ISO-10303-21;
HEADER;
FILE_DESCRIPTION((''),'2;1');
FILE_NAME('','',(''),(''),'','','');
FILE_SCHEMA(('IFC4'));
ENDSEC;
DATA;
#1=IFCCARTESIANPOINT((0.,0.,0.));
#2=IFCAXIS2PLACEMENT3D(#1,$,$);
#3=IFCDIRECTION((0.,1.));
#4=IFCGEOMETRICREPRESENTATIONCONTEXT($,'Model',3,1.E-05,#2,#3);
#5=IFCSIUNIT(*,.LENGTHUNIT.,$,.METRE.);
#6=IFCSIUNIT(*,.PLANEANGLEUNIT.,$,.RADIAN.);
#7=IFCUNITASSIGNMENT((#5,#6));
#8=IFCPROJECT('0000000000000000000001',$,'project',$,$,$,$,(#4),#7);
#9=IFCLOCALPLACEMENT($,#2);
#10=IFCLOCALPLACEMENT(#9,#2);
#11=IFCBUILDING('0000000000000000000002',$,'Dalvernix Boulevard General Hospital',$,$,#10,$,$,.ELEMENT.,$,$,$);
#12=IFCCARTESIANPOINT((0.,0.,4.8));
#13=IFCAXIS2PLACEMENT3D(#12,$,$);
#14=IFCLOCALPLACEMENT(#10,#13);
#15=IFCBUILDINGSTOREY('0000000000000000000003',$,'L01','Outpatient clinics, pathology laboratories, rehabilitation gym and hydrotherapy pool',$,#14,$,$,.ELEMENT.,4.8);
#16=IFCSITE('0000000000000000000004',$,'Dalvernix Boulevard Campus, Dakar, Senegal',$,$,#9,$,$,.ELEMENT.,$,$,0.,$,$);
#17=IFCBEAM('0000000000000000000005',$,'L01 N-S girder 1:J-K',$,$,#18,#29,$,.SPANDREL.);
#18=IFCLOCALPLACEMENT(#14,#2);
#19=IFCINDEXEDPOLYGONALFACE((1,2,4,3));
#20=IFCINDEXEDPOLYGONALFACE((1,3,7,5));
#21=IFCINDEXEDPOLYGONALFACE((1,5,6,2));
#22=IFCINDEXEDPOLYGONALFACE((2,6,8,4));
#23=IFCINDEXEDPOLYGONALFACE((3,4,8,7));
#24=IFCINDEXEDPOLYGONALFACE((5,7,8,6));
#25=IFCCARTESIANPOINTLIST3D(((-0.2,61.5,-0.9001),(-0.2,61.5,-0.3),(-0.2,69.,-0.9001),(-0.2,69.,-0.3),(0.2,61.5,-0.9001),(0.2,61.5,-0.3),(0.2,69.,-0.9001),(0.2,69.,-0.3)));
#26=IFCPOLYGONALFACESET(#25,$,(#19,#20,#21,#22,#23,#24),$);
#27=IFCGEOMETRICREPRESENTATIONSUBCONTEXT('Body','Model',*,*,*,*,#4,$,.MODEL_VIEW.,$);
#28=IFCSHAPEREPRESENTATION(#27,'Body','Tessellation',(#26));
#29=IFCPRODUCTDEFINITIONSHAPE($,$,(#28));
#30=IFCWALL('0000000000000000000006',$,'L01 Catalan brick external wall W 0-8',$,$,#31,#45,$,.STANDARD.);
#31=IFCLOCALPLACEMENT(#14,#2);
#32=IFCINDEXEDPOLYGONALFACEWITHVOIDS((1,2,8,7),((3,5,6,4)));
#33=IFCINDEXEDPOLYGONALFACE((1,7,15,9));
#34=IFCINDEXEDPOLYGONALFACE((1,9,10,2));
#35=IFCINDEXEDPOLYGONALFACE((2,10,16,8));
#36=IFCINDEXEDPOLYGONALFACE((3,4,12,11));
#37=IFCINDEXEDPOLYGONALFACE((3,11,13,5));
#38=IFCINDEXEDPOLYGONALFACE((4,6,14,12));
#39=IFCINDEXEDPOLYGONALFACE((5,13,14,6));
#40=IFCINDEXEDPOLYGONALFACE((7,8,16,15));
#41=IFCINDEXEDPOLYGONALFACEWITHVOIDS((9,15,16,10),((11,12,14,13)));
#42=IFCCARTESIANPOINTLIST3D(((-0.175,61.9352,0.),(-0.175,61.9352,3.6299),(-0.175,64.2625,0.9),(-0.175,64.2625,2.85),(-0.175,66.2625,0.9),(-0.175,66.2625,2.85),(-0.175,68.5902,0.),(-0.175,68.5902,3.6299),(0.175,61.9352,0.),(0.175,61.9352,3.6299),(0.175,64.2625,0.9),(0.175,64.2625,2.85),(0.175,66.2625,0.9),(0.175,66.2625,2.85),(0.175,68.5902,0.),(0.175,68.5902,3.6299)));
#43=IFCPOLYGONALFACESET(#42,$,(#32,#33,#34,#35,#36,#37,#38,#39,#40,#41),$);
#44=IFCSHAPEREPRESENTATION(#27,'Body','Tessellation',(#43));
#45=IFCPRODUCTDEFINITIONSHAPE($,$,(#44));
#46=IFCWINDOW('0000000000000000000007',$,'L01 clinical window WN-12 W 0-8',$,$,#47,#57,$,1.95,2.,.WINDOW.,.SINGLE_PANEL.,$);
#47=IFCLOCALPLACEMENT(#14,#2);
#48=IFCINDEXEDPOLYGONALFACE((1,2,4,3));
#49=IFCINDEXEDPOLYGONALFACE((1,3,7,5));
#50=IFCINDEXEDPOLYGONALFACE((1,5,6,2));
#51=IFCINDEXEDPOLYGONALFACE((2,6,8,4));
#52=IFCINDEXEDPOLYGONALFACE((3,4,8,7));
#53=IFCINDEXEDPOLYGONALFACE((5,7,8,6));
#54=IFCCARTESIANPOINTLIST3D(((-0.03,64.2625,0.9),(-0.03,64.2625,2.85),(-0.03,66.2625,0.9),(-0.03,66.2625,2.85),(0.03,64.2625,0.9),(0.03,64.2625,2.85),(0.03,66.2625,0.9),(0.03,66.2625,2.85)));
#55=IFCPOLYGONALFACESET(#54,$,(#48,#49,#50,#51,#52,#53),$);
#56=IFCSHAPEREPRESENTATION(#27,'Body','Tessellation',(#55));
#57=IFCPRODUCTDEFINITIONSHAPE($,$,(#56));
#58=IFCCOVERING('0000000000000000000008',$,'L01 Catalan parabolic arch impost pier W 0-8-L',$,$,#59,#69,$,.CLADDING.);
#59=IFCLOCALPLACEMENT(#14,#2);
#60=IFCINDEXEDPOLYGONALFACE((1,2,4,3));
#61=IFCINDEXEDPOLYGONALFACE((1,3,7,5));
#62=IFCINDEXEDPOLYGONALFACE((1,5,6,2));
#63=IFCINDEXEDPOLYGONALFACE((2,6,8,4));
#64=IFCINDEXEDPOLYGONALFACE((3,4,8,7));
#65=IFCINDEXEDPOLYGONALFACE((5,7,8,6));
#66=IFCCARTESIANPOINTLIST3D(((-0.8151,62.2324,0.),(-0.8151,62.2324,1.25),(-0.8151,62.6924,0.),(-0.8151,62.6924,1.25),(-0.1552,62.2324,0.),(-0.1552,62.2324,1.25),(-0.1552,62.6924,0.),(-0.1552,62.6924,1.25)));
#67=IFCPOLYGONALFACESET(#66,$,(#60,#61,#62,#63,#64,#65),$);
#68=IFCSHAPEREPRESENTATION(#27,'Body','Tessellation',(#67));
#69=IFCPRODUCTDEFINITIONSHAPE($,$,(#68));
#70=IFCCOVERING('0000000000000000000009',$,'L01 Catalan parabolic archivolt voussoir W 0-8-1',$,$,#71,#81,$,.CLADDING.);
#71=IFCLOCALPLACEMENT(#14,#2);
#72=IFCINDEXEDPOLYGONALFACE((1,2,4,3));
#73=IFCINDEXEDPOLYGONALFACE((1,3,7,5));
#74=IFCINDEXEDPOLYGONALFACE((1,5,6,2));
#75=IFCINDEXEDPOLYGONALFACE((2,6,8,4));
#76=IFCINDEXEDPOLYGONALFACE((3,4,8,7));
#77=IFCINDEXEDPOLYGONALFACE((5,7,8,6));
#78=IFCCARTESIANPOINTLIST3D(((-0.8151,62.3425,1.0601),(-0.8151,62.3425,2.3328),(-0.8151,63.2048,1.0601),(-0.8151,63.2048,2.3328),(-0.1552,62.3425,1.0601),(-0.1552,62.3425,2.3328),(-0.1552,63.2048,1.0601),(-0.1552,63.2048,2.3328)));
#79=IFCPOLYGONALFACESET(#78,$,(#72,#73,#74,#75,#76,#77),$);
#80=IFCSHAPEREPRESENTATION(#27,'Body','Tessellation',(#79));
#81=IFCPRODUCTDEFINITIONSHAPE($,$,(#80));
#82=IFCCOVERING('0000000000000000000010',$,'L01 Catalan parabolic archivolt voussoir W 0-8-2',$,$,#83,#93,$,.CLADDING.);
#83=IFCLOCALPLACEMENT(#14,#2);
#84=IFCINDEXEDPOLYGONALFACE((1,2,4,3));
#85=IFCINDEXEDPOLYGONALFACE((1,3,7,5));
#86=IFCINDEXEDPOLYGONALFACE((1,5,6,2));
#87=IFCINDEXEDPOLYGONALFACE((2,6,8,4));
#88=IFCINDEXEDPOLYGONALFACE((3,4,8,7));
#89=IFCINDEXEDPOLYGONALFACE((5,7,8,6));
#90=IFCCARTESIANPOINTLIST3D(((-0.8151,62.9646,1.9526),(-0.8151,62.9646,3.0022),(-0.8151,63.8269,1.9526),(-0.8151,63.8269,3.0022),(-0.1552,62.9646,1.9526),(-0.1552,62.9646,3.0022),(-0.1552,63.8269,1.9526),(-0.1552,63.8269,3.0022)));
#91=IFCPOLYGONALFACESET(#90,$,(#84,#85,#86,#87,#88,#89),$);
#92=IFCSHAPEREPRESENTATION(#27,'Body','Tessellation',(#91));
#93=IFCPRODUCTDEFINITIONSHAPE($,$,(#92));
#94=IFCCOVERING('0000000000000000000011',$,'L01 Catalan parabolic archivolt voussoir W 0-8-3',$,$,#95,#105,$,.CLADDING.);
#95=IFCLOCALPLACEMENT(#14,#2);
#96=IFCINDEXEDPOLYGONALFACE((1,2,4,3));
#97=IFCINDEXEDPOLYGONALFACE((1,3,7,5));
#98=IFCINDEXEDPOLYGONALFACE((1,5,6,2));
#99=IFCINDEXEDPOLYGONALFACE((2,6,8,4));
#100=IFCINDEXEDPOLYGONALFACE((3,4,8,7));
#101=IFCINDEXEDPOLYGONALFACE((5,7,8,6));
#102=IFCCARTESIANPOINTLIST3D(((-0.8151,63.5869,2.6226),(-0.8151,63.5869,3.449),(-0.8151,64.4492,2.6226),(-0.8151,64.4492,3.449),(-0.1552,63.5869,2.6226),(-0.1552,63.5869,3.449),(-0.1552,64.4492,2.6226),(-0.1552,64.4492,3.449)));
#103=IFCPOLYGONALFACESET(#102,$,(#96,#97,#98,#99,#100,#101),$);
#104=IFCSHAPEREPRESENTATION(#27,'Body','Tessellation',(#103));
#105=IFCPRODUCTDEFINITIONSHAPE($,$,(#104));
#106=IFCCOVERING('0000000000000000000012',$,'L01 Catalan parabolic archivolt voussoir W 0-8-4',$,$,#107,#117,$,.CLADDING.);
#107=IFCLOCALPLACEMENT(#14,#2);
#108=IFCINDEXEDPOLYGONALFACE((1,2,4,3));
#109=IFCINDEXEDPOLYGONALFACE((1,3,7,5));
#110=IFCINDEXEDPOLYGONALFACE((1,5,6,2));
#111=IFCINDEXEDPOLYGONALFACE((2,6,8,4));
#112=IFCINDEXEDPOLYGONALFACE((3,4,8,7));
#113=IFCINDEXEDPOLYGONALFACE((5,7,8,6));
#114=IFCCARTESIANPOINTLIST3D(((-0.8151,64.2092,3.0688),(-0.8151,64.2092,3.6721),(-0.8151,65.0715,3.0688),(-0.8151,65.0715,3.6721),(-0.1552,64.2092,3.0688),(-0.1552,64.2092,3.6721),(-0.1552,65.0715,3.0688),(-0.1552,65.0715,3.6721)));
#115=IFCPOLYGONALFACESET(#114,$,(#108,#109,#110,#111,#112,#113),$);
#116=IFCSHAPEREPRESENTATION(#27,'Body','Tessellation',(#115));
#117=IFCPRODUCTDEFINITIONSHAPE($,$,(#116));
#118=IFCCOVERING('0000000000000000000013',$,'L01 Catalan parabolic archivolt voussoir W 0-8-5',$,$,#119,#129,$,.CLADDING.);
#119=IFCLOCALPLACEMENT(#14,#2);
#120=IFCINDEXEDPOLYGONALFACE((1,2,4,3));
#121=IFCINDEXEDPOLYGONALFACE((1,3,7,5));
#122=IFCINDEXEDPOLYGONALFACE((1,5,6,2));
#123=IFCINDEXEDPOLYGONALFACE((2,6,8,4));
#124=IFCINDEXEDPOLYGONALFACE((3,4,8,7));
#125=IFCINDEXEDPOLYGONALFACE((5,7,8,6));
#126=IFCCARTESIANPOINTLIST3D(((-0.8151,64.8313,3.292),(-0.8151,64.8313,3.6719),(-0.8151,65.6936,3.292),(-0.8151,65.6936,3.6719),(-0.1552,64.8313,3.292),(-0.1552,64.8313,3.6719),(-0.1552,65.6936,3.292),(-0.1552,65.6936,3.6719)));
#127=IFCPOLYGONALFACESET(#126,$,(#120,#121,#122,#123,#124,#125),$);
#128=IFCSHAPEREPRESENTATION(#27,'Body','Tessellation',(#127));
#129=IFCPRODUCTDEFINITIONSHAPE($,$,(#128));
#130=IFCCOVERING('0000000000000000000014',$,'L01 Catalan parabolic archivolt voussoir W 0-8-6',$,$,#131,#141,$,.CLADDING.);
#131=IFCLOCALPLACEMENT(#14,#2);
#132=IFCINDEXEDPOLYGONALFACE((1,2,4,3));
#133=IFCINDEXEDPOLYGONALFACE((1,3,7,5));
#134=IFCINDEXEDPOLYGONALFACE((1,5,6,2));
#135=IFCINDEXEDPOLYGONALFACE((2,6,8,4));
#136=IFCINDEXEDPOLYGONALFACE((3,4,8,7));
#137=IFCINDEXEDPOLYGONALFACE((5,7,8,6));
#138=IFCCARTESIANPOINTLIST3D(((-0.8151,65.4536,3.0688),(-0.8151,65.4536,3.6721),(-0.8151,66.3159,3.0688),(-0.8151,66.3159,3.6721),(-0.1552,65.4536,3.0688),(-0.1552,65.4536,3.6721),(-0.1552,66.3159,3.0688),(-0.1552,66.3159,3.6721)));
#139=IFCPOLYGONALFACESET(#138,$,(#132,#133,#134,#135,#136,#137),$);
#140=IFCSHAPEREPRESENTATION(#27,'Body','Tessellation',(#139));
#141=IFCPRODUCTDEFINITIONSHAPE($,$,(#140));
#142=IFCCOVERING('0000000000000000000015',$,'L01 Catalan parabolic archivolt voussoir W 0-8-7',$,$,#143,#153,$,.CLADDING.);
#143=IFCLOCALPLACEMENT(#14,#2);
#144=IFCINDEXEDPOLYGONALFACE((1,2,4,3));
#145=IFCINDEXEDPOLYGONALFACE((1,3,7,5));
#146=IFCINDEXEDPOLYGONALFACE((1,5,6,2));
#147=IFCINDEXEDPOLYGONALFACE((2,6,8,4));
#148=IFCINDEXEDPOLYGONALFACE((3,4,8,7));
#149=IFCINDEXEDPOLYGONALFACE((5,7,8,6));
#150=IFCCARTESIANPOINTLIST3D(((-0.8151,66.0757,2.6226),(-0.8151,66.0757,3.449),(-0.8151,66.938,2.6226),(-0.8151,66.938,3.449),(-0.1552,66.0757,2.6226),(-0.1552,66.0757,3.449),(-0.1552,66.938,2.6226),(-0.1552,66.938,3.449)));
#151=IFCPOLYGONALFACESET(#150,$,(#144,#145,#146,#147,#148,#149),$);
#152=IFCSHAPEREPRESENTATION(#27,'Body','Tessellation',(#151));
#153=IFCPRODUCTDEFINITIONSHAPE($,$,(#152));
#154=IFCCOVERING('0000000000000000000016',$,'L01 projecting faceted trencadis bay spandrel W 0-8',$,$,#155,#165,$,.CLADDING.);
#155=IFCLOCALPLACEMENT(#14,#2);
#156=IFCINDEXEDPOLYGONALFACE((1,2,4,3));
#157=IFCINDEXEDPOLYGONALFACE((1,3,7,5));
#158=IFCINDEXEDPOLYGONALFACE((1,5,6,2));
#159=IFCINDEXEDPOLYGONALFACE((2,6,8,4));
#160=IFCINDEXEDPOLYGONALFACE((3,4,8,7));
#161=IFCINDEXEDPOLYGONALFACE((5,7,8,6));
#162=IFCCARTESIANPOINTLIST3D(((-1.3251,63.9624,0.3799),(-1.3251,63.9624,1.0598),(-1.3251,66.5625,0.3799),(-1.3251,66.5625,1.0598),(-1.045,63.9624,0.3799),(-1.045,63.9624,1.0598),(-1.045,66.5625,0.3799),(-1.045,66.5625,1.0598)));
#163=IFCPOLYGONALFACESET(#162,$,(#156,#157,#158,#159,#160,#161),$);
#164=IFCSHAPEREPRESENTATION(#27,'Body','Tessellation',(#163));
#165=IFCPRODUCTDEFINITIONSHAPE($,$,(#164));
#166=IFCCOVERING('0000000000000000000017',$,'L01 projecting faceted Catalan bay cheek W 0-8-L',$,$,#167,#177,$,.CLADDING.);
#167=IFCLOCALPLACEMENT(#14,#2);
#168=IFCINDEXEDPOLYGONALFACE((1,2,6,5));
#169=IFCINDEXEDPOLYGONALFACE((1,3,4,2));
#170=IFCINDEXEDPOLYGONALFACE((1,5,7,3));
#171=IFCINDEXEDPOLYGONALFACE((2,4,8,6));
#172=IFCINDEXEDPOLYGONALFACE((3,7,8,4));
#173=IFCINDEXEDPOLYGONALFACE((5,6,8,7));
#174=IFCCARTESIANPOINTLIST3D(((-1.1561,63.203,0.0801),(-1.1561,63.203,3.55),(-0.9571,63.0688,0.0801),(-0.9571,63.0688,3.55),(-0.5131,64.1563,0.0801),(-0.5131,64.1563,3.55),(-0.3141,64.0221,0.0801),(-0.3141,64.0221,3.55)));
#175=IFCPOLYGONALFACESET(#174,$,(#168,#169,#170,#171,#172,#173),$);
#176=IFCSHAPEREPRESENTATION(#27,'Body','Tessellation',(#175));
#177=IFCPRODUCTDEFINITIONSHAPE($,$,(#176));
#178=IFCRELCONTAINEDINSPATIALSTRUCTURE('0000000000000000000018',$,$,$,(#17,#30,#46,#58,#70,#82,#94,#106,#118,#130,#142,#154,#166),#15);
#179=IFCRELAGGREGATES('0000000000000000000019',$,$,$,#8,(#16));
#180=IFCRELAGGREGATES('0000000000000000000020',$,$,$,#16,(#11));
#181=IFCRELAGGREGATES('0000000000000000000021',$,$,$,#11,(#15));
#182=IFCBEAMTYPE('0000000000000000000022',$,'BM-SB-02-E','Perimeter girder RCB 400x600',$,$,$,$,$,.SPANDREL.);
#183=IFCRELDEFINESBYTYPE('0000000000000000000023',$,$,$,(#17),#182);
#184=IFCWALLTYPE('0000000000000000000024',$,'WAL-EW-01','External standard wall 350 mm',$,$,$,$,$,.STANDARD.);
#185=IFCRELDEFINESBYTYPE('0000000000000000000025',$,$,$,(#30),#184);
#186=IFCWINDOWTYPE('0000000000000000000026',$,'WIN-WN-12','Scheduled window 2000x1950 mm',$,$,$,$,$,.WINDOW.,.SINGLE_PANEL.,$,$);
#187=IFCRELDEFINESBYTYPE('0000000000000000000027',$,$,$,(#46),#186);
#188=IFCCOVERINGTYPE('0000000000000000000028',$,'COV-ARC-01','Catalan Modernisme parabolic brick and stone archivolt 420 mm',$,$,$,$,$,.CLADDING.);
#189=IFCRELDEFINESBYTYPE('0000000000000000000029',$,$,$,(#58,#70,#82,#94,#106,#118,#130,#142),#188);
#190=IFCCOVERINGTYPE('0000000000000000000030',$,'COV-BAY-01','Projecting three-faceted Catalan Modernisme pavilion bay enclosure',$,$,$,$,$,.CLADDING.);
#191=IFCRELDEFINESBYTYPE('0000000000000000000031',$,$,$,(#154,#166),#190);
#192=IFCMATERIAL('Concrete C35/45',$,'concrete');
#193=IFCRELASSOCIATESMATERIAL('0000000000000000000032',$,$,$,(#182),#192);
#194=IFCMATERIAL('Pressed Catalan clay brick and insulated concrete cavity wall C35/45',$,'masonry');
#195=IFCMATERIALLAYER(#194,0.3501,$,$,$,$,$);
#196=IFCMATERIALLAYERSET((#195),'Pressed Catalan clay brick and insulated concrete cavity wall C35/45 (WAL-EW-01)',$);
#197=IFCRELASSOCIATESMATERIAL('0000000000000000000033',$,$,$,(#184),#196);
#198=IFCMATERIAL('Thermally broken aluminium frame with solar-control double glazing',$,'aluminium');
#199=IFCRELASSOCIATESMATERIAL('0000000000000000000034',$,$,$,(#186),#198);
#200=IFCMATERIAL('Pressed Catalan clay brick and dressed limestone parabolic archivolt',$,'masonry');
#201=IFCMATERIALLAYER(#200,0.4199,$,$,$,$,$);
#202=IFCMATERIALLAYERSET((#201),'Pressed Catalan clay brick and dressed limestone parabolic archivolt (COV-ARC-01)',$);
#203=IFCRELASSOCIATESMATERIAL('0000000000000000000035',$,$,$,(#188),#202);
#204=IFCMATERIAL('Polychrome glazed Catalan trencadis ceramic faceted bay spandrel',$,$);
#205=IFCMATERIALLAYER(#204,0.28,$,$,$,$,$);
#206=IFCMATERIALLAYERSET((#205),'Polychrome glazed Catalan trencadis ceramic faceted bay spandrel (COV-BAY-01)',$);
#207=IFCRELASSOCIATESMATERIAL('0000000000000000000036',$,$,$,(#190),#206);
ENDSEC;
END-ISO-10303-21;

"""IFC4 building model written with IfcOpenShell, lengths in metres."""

from ifc_helpers import new_model, si_unit, direction, frame, frame_2d, origin, origin_2d, place, context, subcontext, project, spatial, rectangle, extrude, material, layer, layer_set, material_profile, profile_set, type_object, element, fill, save


model = new_model("IFC4")

# Units and contexts
model_context = context("Model", 3, precision=1e-05, world=origin(), true_north=direction((0.0, 1.0)))
body_context = subcontext(model_context, "Body", "Model", "MODEL_VIEW")
ifc_project = project(units=[si_unit("LENGTHUNIT", "METRE"), si_unit("PLANEANGLEUNIT", "RADIAN")], contexts=[model_context])

# Site, building, storey
site_placement = place(None, origin())
site = spatial("IfcSite", under=ifc_project, at=site_placement, Name="Dalvernix Boulevard Campus, Dakar, Senegal", CompositionType="ELEMENT", RefElevation=0.0)
building_placement = place(site_placement, origin())
building = spatial("IfcBuilding", under=site, at=building_placement, Name="Dalvernix Boulevard General Hospital", CompositionType="ELEMENT")
storey_placement = place(building_placement, frame((0.0, 0.0, 4.8)))
storey = spatial("IfcBuildingStorey", under=building, at=storey_placement, Name="L01", Description="Outpatient clinics, pathology laboratories, rehabilitation gym and hydrotherapy pool", CompositionType="ELEMENT", Elevation=4.8)

# Beam
ifc_material_1 = material(Name="Concrete C35/45", Category="concrete")
ifc_material_profile = material_profile(ifc_material_1, rectangle(XDim=0.3999, YDim=0.6001, at=origin_2d()), Name="RCB 400x600")
ifc_profile_set = profile_set([ifc_material_profile], Name="Concrete C35/45")
beam_type = type_object("IfcBeamType", Name="BM-SB-02-E", Description="Perimeter girder RCB 400x600", PredefinedType="SPANDREL", material=ifc_profile_set)
beam_placement = place(storey_placement, frame((0.0, 61.5, -0.6001), z_axis=(0.0, 1.0, 0.0), x_axis=(-1.0, 0.0, 0.0)))
element("IfcBeam", 1, at=beam_placement, inside=storey, type_object=beam_type, Name="L01 N-S girder 1:J-K", PredefinedType="SPANDREL", context=body_context, shape_type="SweptSolid", body=[
    extrude(rectangle(XDim=0.3999, YDim=0.6001, at=origin_2d()), origin(), (0.0, 0.0, 1.0), 7.5),
])

# Wall, opening, window
ifc_material_2 = material(Name="Pressed Catalan clay brick and insulated concrete cavity wall C35/45", Category="masonry")
ifc_layer_1 = layer(ifc_material_2, 0.3501)
ifc_layer_set_1 = layer_set([ifc_layer_1], Name="Pressed Catalan clay brick and insulated concrete cavity wall C35/45 (WAL-EW-01)")
wall_type = type_object("IfcWallType", Name="WAL-EW-01", Description="External standard wall 350 mm", PredefinedType="STANDARD", material=ifc_layer_set_1)
wall_placement = place(storey_placement, frame((0.0, 61.9351, 0.0), z_axis=(0.0, 0.0, 1.0), x_axis=(0.0, 1.0, 0.0)))
wall = element("IfcWall", 2, at=wall_placement, inside=storey, type_object=wall_type, Name="L01 Catalan brick external wall W 0-8", PredefinedType="STANDARD", context=body_context, shape_type="SweptSolid", body=[
    extrude(rectangle(XDim=6.655, YDim=0.3501, at=frame_2d((3.3276, 0.0))), origin(), (0.0, 0.0, 1.0), 3.6299),
])
opening_placement = place(wall_placement, frame((2.3274, 0.0, 0.8999)))
opening = element("IfcOpeningElement", 3, at=opening_placement, cuts=wall, PredefinedType="OPENING", context=body_context, shape_type="SweptSolid", body=[
    extrude(rectangle(XDim=2.0, YDim=1.95, at=frame_2d((1.0, 0.9751))), frame((0.0, 0.1851, 0.0), z_axis=(0.0, -1.0, 0.0), x_axis=(1.0, 0.0, 0.0)), (0.0, 0.0, 1.0), 0.3701),
])
ifc_material_3 = material(Name="Thermally broken aluminium frame with solar-control double glazing", Category="aluminium")
window_type = type_object("IfcWindowType", Name="WIN-WN-12", Description="Scheduled window 2000x1950 mm", PartitioningType="SINGLE_PANEL", PredefinedType="WINDOW", material=ifc_material_3)
window_placement = place(opening_placement, origin())
window = element("IfcWindow", 4, at=window_placement, inside=storey, type_object=window_type, Name="L01 clinical window WN-12 W 0-8", OverallHeight=1.95, OverallWidth=2.0, PartitioningType="SINGLE_PANEL", PredefinedType="WINDOW", context=body_context, shape_type="SweptSolid", body=[
    extrude(rectangle(XDim=2.0, YDim=1.95, at=frame_2d((1.0, 0.9751))), frame((0.0, 0.03, 0.0), z_axis=(0.0, -1.0, 0.0), x_axis=(1.0, 0.0, 0.0)), (0.0, 0.0, 1.0), 0.0601),
])
fill(opening, window)

# Coverings
ifc_material_4 = material(Name="Pressed Catalan clay brick and dressed limestone parabolic archivolt", Category="masonry")
ifc_layer_2 = layer(ifc_material_4, 0.4199)
ifc_layer_set_2 = layer_set([ifc_layer_2], Name="Pressed Catalan clay brick and dressed limestone parabolic archivolt (COV-ARC-01)")
covering_type_1 = type_object("IfcCoveringType", Name="COV-ARC-01", Description="Catalan Modernisme parabolic brick and stone archivolt 420 mm", PredefinedType="CLADDING", material=ifc_layer_set_2)
covering_1_placement = place(storey_placement, frame((-0.4851, 62.4624, 0.0), z_axis=(0.0, 0.0, 1.0), x_axis=(0.0, 1.0, 0.0)))
element("IfcCovering", 5, at=covering_1_placement, inside=storey, type_object=covering_type_1, Name="L01 Catalan parabolic arch impost pier W 0-8-L", PredefinedType="CLADDING", context=body_context, shape_type="SweptSolid", body=[
    extrude(rectangle(XDim=0.46, YDim=0.6599, at=origin_2d()), origin(), (0.0, 0.0, 1.0), 1.25),
])
covering_2_placement = place(storey_placement, frame((-0.4851, 62.7737, 1.0601), z_axis=(0.0, 0.0, 1.0), x_axis=(0.0, 1.0, 0.0)))
element("IfcCovering", 6, at=covering_2_placement, inside=storey, type_object=covering_type_1, Name="L01 Catalan parabolic archivolt voussoir W 0-8-1", PredefinedType="CLADDING", context=body_context, shape_type="SweptSolid", body=[
    extrude(rectangle(XDim=0.8623, YDim=0.6599, at=origin_2d()), origin(), (0.0, 0.0, 1.0), 1.2727),
])
covering_3_placement = place(storey_placement, frame((-0.4851, 63.3958, 1.9526), z_axis=(0.0, 0.0, 1.0), x_axis=(0.0, 1.0, 0.0)))
element("IfcCovering", 7, at=covering_3_placement, inside=storey, type_object=covering_type_1, Name="L01 Catalan parabolic archivolt voussoir W 0-8-2", PredefinedType="CLADDING", context=body_context, shape_type="SweptSolid", body=[
    extrude(rectangle(XDim=0.8623, YDim=0.6599, at=origin_2d()), origin(), (0.0, 0.0, 1.0), 1.0496),
])
covering_4_placement = place(storey_placement, frame((-0.4851, 64.0181, 2.6226), z_axis=(0.0, 0.0, 1.0), x_axis=(0.0, 1.0, 0.0)))
element("IfcCovering", 8, at=covering_4_placement, inside=storey, type_object=covering_type_1, Name="L01 Catalan parabolic archivolt voussoir W 0-8-3", PredefinedType="CLADDING", context=body_context, shape_type="SweptSolid", body=[
    extrude(rectangle(XDim=0.8623, YDim=0.6599, at=origin_2d()), origin(), (0.0, 0.0, 1.0), 0.8264),
])
covering_5_placement = place(storey_placement, frame((-0.4851, 64.6404, 3.0688), z_axis=(0.0, 0.0, 1.0), x_axis=(0.0, 1.0, 0.0)))
element("IfcCovering", 9, at=covering_5_placement, inside=storey, type_object=covering_type_1, Name="L01 Catalan parabolic archivolt voussoir W 0-8-4", PredefinedType="CLADDING", context=body_context, shape_type="SweptSolid", body=[
    extrude(rectangle(XDim=0.8623, YDim=0.6599, at=origin_2d()), origin(), (0.0, 0.0, 1.0), 0.6033),
])
covering_6_placement = place(storey_placement, frame((-0.4851, 65.2625, 3.292), z_axis=(0.0, 0.0, 1.0), x_axis=(0.0, 1.0, 0.0)))
element("IfcCovering", 10, at=covering_6_placement, inside=storey, type_object=covering_type_1, Name="L01 Catalan parabolic archivolt voussoir W 0-8-5", PredefinedType="CLADDING", context=body_context, shape_type="SweptSolid", body=[
    extrude(rectangle(XDim=0.8623, YDim=0.6599, at=origin_2d()), origin(), (0.0, 0.0, 1.0), 0.3799),
])
covering_7_placement = place(storey_placement, frame((-0.4851, 65.8848, 3.0688), z_axis=(0.0, 0.0, 1.0), x_axis=(0.0, 1.0, 0.0)))
element("IfcCovering", 11, at=covering_7_placement, inside=storey, type_object=covering_type_1, Name="L01 Catalan parabolic archivolt voussoir W 0-8-6", PredefinedType="CLADDING", context=body_context, shape_type="SweptSolid", body=[
    extrude(rectangle(XDim=0.8623, YDim=0.6599, at=origin_2d()), origin(), (0.0, 0.0, 1.0), 0.6033),
])
covering_8_placement = place(storey_placement, frame((-0.4851, 66.5068, 2.6226), z_axis=(0.0, 0.0, 1.0), x_axis=(0.0, 1.0, 0.0)))
element("IfcCovering", 12, at=covering_8_placement, inside=storey, type_object=covering_type_1, Name="L01 Catalan parabolic archivolt voussoir W 0-8-7", PredefinedType="CLADDING", context=body_context, shape_type="SweptSolid", body=[
    extrude(rectangle(XDim=0.8623, YDim=0.6599, at=origin_2d()), origin(), (0.0, 0.0, 1.0), 0.8264),
])
ifc_material_5 = material(Name="Polychrome glazed Catalan trencadis ceramic faceted bay spandrel")
ifc_layer_3 = layer(ifc_material_5, 0.28)
ifc_layer_set_3 = layer_set([ifc_layer_3], Name="Polychrome glazed Catalan trencadis ceramic faceted bay spandrel (COV-BAY-01)")
covering_type_2 = type_object("IfcCoveringType", Name="COV-BAY-01", Description="Projecting three-faceted Catalan Modernisme pavilion bay enclosure", PredefinedType="CLADDING", material=ifc_layer_set_3)
covering_9_placement = place(storey_placement, frame((-1.1851, 65.2625, 0.3799), z_axis=(0.0, 0.0, 1.0), x_axis=(0.0, 1.0, 0.0)))
element("IfcCovering", 13, at=covering_9_placement, inside=storey, type_object=covering_type_2, Name="L01 projecting faceted trencadis bay spandrel W 0-8", PredefinedType="CLADDING", context=body_context, shape_type="SweptSolid", body=[
    extrude(rectangle(XDim=2.6001, YDim=0.28, at=origin_2d()), origin(), (0.0, 0.0, 1.0), 0.6799),
])
covering_10_placement = place(storey_placement, frame((-0.7351, 63.6125, 0.0801), z_axis=(0.0, 0.0, 1.0), x_axis=(0.559193, 0.829038, 0.0)))
element("IfcCovering", 14, at=covering_10_placement, inside=storey, type_object=covering_type_2, Name="L01 projecting faceted Catalan bay cheek W 0-8-L", PredefinedType="CLADDING", context=body_context, shape_type="SweptSolid", body=[
    extrude(rectangle(XDim=1.1499, YDim=0.24, at=origin_2d()), origin(), (0.0, 0.0, 1.0), 3.47),
])

save(model, "model.ifc")
